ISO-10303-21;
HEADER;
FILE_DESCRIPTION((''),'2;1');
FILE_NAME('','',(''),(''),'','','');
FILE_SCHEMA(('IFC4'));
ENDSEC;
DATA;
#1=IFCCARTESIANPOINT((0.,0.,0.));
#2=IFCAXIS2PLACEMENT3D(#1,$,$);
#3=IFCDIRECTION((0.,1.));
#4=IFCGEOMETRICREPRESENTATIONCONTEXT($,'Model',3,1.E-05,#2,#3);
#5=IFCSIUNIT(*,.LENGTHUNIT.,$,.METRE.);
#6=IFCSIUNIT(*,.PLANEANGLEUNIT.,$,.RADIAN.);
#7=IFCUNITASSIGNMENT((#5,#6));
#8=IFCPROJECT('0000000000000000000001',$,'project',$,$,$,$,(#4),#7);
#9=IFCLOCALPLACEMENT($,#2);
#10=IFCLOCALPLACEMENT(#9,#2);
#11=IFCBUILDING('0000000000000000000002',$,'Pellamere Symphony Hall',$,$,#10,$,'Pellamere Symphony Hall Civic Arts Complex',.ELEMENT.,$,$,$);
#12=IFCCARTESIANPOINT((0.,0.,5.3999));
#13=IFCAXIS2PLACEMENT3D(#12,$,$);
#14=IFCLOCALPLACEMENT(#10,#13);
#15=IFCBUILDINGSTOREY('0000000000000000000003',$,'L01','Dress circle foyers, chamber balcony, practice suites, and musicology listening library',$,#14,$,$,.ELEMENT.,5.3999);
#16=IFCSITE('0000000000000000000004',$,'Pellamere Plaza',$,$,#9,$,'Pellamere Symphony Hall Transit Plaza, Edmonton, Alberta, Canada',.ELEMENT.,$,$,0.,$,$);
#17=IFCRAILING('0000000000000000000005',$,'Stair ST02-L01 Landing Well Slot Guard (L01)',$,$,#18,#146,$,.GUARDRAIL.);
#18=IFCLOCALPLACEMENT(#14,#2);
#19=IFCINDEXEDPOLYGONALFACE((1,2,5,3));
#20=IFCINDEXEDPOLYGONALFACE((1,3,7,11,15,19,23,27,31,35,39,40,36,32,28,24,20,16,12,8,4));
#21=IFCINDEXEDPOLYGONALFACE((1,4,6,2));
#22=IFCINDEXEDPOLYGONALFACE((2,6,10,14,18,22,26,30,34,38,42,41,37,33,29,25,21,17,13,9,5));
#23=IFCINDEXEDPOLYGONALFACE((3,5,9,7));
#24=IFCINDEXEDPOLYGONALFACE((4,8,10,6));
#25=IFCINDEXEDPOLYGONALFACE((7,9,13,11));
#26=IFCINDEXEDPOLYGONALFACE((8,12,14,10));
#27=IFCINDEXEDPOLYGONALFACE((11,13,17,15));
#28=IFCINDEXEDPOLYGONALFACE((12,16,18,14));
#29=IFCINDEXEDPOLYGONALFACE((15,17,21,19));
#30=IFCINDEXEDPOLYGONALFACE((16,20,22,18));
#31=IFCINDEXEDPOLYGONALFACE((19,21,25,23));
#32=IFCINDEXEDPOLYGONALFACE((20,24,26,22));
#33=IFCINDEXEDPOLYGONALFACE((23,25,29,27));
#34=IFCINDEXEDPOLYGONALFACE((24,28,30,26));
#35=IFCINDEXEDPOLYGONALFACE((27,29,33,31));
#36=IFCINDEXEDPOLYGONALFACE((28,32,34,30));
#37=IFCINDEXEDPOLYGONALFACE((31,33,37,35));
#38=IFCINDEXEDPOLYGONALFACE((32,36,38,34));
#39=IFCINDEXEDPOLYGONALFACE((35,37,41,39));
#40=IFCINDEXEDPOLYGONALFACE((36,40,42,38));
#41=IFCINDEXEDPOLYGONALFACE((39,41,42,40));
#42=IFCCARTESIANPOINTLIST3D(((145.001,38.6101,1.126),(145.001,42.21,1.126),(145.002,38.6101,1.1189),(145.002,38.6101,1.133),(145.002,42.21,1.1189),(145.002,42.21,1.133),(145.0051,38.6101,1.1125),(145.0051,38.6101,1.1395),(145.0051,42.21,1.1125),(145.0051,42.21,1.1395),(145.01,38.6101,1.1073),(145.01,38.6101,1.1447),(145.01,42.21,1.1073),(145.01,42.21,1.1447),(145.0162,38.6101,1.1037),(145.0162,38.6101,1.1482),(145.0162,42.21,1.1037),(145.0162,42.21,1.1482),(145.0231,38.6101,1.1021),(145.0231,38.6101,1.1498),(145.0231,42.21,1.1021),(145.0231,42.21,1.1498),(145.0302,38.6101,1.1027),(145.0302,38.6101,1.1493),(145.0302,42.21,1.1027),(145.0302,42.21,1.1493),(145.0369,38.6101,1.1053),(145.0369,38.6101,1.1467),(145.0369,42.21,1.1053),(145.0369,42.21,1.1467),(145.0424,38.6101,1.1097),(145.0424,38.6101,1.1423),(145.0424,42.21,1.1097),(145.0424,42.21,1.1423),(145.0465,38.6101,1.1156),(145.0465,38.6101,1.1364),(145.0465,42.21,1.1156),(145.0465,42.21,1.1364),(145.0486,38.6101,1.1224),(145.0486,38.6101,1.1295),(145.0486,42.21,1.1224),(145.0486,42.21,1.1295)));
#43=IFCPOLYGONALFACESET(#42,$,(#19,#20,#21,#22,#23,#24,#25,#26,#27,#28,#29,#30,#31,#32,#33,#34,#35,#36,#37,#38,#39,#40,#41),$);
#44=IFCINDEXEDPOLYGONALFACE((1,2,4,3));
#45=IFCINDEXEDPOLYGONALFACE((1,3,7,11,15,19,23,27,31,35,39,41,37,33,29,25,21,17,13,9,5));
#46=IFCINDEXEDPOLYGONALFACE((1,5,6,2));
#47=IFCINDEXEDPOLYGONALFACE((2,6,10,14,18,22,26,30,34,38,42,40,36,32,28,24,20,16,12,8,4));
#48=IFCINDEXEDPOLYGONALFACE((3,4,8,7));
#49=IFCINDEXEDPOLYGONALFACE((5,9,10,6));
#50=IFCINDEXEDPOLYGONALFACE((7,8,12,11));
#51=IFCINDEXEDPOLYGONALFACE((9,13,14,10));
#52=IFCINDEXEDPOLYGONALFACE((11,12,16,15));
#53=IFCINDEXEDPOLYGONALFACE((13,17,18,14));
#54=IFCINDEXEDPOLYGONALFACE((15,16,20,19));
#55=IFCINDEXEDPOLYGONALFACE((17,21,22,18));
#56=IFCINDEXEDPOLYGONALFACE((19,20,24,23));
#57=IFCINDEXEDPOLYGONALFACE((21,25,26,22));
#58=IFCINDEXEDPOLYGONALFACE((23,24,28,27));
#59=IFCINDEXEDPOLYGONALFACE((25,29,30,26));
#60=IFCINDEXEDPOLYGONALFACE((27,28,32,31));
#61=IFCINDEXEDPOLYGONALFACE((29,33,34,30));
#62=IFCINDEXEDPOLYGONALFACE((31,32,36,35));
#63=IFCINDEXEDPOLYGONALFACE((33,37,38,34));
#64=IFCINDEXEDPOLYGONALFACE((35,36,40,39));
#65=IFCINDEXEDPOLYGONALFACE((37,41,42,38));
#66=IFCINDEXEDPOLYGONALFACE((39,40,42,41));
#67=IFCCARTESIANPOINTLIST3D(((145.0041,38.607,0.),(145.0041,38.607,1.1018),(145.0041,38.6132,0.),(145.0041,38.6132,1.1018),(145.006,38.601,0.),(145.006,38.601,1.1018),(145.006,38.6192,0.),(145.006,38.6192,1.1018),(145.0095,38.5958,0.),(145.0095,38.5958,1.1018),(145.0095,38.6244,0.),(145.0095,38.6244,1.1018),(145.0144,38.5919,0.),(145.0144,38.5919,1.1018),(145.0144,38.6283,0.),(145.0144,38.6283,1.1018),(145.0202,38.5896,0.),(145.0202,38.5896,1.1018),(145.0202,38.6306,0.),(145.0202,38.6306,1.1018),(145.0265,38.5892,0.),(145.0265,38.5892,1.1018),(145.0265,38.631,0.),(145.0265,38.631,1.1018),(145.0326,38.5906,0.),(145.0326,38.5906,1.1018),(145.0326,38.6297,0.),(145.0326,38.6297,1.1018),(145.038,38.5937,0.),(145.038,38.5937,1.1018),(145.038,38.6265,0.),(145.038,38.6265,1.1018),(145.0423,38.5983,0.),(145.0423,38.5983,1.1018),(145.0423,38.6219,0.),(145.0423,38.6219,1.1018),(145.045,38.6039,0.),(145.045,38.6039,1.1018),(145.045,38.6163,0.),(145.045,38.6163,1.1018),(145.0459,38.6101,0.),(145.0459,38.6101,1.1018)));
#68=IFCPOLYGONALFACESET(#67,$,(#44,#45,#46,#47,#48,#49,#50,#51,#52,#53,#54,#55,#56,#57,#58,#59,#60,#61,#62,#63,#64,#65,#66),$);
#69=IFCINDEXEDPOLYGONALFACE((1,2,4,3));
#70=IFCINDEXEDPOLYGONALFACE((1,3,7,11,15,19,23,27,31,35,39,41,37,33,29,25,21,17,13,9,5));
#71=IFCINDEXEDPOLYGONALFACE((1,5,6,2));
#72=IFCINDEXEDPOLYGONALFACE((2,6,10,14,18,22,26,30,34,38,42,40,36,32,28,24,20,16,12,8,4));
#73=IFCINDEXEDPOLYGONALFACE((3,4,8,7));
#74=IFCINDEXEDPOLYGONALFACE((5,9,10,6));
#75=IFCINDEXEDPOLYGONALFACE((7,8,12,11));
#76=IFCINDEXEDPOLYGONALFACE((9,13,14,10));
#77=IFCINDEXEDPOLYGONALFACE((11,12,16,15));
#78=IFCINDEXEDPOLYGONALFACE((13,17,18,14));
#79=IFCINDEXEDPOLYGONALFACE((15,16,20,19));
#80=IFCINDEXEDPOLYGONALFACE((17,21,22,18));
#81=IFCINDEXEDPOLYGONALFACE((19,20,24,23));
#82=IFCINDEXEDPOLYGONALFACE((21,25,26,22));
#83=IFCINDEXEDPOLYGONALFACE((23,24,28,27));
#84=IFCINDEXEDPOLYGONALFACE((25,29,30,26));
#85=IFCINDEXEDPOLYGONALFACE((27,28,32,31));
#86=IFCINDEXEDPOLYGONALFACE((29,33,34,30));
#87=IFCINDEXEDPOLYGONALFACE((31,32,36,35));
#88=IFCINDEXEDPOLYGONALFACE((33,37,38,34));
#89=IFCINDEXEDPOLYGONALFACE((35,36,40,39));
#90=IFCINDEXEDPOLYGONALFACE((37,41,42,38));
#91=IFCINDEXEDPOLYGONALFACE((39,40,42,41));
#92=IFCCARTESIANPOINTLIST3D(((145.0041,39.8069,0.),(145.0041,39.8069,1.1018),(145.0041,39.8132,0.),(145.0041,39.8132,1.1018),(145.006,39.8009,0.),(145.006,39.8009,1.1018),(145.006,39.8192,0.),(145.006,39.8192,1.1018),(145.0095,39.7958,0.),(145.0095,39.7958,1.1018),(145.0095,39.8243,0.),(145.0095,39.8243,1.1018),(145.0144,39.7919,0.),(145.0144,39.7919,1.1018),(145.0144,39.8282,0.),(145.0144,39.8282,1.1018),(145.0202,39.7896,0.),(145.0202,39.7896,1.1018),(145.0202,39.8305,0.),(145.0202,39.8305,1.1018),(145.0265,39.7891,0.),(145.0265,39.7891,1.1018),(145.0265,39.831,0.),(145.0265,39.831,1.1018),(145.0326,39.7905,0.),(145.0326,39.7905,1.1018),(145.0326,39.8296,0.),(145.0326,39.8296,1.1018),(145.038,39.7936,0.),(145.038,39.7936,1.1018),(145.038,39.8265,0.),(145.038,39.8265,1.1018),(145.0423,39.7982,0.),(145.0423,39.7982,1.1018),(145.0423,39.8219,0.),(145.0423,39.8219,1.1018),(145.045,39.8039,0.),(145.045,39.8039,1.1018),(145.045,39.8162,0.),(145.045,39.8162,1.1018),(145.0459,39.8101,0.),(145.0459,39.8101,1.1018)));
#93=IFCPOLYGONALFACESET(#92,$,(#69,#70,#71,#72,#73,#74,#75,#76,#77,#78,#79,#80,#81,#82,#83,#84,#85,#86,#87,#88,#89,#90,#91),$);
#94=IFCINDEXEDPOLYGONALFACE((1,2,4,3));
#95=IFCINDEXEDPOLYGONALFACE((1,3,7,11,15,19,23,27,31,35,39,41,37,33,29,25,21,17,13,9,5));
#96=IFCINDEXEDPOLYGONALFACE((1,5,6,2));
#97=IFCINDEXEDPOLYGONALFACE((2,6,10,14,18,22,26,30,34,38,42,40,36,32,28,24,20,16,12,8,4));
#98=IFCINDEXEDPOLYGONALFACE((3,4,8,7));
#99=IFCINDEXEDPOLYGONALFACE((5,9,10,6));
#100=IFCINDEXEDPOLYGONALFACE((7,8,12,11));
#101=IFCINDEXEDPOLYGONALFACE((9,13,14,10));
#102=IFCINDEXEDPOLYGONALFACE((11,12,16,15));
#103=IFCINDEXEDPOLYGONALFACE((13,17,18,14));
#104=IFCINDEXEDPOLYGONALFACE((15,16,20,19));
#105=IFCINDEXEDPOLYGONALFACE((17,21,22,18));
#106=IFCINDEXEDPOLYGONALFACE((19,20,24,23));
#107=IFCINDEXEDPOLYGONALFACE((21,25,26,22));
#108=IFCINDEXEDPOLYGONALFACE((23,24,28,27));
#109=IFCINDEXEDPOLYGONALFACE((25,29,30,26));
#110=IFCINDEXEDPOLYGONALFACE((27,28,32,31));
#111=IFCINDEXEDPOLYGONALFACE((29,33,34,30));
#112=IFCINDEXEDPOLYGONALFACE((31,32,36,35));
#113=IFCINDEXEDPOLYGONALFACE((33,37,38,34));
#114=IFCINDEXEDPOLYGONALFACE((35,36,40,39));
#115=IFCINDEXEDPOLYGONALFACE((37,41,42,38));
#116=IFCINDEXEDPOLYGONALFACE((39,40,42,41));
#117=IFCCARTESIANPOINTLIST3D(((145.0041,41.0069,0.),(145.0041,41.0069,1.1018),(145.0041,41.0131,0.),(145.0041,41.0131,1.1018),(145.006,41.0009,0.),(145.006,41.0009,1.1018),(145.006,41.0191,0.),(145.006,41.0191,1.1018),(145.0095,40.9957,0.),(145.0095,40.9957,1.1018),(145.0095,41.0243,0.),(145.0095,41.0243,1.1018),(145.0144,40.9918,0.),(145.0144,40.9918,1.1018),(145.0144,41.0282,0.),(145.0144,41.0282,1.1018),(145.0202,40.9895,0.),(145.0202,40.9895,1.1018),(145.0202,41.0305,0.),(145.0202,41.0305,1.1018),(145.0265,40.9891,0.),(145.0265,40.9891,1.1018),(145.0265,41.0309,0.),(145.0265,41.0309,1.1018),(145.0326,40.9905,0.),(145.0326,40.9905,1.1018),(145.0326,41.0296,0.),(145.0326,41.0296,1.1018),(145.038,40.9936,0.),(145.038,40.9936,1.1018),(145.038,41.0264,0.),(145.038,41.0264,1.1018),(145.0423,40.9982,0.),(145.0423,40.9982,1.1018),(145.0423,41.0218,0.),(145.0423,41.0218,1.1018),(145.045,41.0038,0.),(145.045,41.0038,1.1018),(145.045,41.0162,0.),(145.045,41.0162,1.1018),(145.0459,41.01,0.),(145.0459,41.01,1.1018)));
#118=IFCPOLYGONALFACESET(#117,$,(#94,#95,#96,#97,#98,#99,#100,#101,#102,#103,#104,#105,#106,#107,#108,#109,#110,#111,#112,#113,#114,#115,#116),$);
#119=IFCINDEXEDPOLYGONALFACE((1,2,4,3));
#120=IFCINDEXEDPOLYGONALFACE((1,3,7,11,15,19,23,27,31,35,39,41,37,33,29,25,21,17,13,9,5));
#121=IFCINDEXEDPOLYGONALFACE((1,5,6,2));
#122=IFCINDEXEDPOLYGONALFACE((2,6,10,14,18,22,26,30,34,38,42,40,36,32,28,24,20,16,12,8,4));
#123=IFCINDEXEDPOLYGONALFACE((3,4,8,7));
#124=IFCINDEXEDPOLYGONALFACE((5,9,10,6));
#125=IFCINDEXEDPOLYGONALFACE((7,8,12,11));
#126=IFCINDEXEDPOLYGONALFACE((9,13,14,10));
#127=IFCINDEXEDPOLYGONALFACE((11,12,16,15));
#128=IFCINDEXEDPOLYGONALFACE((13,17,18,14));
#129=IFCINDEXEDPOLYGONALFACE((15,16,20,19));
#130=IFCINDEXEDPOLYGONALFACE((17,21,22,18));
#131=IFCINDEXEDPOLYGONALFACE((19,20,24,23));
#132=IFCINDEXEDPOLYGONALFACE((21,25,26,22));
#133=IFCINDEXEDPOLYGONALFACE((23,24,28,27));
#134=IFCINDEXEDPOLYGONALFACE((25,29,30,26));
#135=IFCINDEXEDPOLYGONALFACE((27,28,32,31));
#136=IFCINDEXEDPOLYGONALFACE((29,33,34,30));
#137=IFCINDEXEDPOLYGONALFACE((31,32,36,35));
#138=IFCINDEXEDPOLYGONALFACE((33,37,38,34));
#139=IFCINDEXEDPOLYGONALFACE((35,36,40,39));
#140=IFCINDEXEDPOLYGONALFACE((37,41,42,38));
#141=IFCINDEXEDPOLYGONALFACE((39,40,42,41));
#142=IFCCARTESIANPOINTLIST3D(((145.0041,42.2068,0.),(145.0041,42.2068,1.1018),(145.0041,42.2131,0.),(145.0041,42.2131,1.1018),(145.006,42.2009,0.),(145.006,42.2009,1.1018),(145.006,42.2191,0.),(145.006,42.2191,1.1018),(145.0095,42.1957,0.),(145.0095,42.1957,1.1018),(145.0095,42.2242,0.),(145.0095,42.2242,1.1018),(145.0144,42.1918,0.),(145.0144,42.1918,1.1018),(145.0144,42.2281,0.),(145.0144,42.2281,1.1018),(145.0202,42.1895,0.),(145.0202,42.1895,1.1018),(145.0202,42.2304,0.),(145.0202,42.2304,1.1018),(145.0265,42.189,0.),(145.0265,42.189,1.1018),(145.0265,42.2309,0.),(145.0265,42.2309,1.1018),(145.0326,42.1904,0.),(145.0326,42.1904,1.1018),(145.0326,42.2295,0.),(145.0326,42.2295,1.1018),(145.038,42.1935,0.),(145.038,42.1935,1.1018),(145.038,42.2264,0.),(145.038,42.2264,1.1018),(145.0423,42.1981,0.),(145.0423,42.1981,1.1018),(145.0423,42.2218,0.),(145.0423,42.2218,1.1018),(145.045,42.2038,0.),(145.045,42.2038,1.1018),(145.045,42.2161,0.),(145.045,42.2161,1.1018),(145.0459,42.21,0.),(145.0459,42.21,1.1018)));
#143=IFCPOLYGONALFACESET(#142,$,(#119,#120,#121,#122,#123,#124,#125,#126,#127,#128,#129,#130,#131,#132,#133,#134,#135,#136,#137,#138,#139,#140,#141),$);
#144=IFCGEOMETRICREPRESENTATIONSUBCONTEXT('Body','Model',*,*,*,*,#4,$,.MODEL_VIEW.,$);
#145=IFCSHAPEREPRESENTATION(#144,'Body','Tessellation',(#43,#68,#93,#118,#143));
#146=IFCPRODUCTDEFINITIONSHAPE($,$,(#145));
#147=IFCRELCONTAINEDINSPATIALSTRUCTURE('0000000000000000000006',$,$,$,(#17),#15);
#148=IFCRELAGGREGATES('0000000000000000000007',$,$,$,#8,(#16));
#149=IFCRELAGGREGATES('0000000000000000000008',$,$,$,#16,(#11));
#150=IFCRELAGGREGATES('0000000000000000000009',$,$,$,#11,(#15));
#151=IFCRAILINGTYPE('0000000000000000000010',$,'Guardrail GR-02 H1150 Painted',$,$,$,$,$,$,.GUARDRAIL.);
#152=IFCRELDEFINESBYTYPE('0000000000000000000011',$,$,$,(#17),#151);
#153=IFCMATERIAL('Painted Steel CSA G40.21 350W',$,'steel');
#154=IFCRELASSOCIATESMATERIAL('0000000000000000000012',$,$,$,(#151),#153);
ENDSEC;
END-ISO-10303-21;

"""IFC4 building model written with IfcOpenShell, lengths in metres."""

from ifc_helpers import new_model, si_unit, direction, frame, origin, origin_2d, place, context, subcontext, project, spatial, circle, extrude, material, type_object, element, save


model = new_model("IFC4")

# Units and contexts
model_context = context("Model", 3, precision=1e-05, world=origin(), true_north=direction((0.0, 1.0)))
body_context = subcontext(model_context, "Body", "Model", "MODEL_VIEW")
ifc_project = project(units=[si_unit("LENGTHUNIT", "METRE"), si_unit("PLANEANGLEUNIT", "RADIAN")], contexts=[model_context])

# Site, building, storey
site_placement = place(None, origin())
site = spatial("IfcSite", under=ifc_project, at=site_placement, Name="Pellamere Plaza", LongName="Pellamere Symphony Hall Transit Plaza, Edmonton, Alberta, Canada", CompositionType="ELEMENT", RefElevation=0.0)
building_placement = place(site_placement, origin())
building = spatial("IfcBuilding", under=site, at=building_placement, Name="Pellamere Symphony Hall", LongName="Pellamere Symphony Hall Civic Arts Complex", CompositionType="ELEMENT")
storey_placement = place(building_placement, frame((0.0, 0.0, 5.3999)))
storey = spatial("IfcBuildingStorey", under=building, at=storey_placement, Name="L01", Description="Dress circle foyers, chamber balcony, practice suites, and musicology listening library", CompositionType="ELEMENT", Elevation=5.3999)

# Railing
ifc_material_1 = material(Name="Painted Steel CSA G40.21 350W", Category="steel")
railing_type_1 = type_object("IfcRailingType", Name="Guardrail GR-02 H1150 Painted", PredefinedType="GUARDRAIL", material=ifc_material_1)
railing_1_placement = place(storey_placement, frame((145.0249, 38.6101, 0.0)))
element("IfcRailing", 1, at=railing_1_placement, inside=storey, type_object=railing_type_1, Name="Stair ST02-L01 Landing Well Slot Guard (L01)", PredefinedType="GUARDRAIL", context=body_context, shape_type="SweptSolid", body=[
    extrude(circle(Radius=0.0239, at=origin_2d()), frame((0.0, 0.0, 1.126), z_axis=(0.0, 1.0, 0.0), x_axis=(-1.0, 0.0, 0.0)), (0.0, 0.0, 1.0), 3.5999),
    extrude(circle(Radius=0.021, at=origin_2d()), origin(), (0.0, 0.0, 1.0), 1.1018),
    extrude(circle(Radius=0.021, at=origin_2d()), frame((0.0, 1.2, 0.0)), (0.0, 0.0, 1.0), 1.1018),
    extrude(circle(Radius=0.021, at=origin_2d()), frame((0.0, 2.3999, 0.0)), (0.0, 0.0, 1.0), 1.1018),
    extrude(circle(Radius=0.021, at=origin_2d()), frame((0.0, 3.5999, 0.0)), (0.0, 0.0, 1.0), 1.1018),
])

save(model, "model.ifc")
